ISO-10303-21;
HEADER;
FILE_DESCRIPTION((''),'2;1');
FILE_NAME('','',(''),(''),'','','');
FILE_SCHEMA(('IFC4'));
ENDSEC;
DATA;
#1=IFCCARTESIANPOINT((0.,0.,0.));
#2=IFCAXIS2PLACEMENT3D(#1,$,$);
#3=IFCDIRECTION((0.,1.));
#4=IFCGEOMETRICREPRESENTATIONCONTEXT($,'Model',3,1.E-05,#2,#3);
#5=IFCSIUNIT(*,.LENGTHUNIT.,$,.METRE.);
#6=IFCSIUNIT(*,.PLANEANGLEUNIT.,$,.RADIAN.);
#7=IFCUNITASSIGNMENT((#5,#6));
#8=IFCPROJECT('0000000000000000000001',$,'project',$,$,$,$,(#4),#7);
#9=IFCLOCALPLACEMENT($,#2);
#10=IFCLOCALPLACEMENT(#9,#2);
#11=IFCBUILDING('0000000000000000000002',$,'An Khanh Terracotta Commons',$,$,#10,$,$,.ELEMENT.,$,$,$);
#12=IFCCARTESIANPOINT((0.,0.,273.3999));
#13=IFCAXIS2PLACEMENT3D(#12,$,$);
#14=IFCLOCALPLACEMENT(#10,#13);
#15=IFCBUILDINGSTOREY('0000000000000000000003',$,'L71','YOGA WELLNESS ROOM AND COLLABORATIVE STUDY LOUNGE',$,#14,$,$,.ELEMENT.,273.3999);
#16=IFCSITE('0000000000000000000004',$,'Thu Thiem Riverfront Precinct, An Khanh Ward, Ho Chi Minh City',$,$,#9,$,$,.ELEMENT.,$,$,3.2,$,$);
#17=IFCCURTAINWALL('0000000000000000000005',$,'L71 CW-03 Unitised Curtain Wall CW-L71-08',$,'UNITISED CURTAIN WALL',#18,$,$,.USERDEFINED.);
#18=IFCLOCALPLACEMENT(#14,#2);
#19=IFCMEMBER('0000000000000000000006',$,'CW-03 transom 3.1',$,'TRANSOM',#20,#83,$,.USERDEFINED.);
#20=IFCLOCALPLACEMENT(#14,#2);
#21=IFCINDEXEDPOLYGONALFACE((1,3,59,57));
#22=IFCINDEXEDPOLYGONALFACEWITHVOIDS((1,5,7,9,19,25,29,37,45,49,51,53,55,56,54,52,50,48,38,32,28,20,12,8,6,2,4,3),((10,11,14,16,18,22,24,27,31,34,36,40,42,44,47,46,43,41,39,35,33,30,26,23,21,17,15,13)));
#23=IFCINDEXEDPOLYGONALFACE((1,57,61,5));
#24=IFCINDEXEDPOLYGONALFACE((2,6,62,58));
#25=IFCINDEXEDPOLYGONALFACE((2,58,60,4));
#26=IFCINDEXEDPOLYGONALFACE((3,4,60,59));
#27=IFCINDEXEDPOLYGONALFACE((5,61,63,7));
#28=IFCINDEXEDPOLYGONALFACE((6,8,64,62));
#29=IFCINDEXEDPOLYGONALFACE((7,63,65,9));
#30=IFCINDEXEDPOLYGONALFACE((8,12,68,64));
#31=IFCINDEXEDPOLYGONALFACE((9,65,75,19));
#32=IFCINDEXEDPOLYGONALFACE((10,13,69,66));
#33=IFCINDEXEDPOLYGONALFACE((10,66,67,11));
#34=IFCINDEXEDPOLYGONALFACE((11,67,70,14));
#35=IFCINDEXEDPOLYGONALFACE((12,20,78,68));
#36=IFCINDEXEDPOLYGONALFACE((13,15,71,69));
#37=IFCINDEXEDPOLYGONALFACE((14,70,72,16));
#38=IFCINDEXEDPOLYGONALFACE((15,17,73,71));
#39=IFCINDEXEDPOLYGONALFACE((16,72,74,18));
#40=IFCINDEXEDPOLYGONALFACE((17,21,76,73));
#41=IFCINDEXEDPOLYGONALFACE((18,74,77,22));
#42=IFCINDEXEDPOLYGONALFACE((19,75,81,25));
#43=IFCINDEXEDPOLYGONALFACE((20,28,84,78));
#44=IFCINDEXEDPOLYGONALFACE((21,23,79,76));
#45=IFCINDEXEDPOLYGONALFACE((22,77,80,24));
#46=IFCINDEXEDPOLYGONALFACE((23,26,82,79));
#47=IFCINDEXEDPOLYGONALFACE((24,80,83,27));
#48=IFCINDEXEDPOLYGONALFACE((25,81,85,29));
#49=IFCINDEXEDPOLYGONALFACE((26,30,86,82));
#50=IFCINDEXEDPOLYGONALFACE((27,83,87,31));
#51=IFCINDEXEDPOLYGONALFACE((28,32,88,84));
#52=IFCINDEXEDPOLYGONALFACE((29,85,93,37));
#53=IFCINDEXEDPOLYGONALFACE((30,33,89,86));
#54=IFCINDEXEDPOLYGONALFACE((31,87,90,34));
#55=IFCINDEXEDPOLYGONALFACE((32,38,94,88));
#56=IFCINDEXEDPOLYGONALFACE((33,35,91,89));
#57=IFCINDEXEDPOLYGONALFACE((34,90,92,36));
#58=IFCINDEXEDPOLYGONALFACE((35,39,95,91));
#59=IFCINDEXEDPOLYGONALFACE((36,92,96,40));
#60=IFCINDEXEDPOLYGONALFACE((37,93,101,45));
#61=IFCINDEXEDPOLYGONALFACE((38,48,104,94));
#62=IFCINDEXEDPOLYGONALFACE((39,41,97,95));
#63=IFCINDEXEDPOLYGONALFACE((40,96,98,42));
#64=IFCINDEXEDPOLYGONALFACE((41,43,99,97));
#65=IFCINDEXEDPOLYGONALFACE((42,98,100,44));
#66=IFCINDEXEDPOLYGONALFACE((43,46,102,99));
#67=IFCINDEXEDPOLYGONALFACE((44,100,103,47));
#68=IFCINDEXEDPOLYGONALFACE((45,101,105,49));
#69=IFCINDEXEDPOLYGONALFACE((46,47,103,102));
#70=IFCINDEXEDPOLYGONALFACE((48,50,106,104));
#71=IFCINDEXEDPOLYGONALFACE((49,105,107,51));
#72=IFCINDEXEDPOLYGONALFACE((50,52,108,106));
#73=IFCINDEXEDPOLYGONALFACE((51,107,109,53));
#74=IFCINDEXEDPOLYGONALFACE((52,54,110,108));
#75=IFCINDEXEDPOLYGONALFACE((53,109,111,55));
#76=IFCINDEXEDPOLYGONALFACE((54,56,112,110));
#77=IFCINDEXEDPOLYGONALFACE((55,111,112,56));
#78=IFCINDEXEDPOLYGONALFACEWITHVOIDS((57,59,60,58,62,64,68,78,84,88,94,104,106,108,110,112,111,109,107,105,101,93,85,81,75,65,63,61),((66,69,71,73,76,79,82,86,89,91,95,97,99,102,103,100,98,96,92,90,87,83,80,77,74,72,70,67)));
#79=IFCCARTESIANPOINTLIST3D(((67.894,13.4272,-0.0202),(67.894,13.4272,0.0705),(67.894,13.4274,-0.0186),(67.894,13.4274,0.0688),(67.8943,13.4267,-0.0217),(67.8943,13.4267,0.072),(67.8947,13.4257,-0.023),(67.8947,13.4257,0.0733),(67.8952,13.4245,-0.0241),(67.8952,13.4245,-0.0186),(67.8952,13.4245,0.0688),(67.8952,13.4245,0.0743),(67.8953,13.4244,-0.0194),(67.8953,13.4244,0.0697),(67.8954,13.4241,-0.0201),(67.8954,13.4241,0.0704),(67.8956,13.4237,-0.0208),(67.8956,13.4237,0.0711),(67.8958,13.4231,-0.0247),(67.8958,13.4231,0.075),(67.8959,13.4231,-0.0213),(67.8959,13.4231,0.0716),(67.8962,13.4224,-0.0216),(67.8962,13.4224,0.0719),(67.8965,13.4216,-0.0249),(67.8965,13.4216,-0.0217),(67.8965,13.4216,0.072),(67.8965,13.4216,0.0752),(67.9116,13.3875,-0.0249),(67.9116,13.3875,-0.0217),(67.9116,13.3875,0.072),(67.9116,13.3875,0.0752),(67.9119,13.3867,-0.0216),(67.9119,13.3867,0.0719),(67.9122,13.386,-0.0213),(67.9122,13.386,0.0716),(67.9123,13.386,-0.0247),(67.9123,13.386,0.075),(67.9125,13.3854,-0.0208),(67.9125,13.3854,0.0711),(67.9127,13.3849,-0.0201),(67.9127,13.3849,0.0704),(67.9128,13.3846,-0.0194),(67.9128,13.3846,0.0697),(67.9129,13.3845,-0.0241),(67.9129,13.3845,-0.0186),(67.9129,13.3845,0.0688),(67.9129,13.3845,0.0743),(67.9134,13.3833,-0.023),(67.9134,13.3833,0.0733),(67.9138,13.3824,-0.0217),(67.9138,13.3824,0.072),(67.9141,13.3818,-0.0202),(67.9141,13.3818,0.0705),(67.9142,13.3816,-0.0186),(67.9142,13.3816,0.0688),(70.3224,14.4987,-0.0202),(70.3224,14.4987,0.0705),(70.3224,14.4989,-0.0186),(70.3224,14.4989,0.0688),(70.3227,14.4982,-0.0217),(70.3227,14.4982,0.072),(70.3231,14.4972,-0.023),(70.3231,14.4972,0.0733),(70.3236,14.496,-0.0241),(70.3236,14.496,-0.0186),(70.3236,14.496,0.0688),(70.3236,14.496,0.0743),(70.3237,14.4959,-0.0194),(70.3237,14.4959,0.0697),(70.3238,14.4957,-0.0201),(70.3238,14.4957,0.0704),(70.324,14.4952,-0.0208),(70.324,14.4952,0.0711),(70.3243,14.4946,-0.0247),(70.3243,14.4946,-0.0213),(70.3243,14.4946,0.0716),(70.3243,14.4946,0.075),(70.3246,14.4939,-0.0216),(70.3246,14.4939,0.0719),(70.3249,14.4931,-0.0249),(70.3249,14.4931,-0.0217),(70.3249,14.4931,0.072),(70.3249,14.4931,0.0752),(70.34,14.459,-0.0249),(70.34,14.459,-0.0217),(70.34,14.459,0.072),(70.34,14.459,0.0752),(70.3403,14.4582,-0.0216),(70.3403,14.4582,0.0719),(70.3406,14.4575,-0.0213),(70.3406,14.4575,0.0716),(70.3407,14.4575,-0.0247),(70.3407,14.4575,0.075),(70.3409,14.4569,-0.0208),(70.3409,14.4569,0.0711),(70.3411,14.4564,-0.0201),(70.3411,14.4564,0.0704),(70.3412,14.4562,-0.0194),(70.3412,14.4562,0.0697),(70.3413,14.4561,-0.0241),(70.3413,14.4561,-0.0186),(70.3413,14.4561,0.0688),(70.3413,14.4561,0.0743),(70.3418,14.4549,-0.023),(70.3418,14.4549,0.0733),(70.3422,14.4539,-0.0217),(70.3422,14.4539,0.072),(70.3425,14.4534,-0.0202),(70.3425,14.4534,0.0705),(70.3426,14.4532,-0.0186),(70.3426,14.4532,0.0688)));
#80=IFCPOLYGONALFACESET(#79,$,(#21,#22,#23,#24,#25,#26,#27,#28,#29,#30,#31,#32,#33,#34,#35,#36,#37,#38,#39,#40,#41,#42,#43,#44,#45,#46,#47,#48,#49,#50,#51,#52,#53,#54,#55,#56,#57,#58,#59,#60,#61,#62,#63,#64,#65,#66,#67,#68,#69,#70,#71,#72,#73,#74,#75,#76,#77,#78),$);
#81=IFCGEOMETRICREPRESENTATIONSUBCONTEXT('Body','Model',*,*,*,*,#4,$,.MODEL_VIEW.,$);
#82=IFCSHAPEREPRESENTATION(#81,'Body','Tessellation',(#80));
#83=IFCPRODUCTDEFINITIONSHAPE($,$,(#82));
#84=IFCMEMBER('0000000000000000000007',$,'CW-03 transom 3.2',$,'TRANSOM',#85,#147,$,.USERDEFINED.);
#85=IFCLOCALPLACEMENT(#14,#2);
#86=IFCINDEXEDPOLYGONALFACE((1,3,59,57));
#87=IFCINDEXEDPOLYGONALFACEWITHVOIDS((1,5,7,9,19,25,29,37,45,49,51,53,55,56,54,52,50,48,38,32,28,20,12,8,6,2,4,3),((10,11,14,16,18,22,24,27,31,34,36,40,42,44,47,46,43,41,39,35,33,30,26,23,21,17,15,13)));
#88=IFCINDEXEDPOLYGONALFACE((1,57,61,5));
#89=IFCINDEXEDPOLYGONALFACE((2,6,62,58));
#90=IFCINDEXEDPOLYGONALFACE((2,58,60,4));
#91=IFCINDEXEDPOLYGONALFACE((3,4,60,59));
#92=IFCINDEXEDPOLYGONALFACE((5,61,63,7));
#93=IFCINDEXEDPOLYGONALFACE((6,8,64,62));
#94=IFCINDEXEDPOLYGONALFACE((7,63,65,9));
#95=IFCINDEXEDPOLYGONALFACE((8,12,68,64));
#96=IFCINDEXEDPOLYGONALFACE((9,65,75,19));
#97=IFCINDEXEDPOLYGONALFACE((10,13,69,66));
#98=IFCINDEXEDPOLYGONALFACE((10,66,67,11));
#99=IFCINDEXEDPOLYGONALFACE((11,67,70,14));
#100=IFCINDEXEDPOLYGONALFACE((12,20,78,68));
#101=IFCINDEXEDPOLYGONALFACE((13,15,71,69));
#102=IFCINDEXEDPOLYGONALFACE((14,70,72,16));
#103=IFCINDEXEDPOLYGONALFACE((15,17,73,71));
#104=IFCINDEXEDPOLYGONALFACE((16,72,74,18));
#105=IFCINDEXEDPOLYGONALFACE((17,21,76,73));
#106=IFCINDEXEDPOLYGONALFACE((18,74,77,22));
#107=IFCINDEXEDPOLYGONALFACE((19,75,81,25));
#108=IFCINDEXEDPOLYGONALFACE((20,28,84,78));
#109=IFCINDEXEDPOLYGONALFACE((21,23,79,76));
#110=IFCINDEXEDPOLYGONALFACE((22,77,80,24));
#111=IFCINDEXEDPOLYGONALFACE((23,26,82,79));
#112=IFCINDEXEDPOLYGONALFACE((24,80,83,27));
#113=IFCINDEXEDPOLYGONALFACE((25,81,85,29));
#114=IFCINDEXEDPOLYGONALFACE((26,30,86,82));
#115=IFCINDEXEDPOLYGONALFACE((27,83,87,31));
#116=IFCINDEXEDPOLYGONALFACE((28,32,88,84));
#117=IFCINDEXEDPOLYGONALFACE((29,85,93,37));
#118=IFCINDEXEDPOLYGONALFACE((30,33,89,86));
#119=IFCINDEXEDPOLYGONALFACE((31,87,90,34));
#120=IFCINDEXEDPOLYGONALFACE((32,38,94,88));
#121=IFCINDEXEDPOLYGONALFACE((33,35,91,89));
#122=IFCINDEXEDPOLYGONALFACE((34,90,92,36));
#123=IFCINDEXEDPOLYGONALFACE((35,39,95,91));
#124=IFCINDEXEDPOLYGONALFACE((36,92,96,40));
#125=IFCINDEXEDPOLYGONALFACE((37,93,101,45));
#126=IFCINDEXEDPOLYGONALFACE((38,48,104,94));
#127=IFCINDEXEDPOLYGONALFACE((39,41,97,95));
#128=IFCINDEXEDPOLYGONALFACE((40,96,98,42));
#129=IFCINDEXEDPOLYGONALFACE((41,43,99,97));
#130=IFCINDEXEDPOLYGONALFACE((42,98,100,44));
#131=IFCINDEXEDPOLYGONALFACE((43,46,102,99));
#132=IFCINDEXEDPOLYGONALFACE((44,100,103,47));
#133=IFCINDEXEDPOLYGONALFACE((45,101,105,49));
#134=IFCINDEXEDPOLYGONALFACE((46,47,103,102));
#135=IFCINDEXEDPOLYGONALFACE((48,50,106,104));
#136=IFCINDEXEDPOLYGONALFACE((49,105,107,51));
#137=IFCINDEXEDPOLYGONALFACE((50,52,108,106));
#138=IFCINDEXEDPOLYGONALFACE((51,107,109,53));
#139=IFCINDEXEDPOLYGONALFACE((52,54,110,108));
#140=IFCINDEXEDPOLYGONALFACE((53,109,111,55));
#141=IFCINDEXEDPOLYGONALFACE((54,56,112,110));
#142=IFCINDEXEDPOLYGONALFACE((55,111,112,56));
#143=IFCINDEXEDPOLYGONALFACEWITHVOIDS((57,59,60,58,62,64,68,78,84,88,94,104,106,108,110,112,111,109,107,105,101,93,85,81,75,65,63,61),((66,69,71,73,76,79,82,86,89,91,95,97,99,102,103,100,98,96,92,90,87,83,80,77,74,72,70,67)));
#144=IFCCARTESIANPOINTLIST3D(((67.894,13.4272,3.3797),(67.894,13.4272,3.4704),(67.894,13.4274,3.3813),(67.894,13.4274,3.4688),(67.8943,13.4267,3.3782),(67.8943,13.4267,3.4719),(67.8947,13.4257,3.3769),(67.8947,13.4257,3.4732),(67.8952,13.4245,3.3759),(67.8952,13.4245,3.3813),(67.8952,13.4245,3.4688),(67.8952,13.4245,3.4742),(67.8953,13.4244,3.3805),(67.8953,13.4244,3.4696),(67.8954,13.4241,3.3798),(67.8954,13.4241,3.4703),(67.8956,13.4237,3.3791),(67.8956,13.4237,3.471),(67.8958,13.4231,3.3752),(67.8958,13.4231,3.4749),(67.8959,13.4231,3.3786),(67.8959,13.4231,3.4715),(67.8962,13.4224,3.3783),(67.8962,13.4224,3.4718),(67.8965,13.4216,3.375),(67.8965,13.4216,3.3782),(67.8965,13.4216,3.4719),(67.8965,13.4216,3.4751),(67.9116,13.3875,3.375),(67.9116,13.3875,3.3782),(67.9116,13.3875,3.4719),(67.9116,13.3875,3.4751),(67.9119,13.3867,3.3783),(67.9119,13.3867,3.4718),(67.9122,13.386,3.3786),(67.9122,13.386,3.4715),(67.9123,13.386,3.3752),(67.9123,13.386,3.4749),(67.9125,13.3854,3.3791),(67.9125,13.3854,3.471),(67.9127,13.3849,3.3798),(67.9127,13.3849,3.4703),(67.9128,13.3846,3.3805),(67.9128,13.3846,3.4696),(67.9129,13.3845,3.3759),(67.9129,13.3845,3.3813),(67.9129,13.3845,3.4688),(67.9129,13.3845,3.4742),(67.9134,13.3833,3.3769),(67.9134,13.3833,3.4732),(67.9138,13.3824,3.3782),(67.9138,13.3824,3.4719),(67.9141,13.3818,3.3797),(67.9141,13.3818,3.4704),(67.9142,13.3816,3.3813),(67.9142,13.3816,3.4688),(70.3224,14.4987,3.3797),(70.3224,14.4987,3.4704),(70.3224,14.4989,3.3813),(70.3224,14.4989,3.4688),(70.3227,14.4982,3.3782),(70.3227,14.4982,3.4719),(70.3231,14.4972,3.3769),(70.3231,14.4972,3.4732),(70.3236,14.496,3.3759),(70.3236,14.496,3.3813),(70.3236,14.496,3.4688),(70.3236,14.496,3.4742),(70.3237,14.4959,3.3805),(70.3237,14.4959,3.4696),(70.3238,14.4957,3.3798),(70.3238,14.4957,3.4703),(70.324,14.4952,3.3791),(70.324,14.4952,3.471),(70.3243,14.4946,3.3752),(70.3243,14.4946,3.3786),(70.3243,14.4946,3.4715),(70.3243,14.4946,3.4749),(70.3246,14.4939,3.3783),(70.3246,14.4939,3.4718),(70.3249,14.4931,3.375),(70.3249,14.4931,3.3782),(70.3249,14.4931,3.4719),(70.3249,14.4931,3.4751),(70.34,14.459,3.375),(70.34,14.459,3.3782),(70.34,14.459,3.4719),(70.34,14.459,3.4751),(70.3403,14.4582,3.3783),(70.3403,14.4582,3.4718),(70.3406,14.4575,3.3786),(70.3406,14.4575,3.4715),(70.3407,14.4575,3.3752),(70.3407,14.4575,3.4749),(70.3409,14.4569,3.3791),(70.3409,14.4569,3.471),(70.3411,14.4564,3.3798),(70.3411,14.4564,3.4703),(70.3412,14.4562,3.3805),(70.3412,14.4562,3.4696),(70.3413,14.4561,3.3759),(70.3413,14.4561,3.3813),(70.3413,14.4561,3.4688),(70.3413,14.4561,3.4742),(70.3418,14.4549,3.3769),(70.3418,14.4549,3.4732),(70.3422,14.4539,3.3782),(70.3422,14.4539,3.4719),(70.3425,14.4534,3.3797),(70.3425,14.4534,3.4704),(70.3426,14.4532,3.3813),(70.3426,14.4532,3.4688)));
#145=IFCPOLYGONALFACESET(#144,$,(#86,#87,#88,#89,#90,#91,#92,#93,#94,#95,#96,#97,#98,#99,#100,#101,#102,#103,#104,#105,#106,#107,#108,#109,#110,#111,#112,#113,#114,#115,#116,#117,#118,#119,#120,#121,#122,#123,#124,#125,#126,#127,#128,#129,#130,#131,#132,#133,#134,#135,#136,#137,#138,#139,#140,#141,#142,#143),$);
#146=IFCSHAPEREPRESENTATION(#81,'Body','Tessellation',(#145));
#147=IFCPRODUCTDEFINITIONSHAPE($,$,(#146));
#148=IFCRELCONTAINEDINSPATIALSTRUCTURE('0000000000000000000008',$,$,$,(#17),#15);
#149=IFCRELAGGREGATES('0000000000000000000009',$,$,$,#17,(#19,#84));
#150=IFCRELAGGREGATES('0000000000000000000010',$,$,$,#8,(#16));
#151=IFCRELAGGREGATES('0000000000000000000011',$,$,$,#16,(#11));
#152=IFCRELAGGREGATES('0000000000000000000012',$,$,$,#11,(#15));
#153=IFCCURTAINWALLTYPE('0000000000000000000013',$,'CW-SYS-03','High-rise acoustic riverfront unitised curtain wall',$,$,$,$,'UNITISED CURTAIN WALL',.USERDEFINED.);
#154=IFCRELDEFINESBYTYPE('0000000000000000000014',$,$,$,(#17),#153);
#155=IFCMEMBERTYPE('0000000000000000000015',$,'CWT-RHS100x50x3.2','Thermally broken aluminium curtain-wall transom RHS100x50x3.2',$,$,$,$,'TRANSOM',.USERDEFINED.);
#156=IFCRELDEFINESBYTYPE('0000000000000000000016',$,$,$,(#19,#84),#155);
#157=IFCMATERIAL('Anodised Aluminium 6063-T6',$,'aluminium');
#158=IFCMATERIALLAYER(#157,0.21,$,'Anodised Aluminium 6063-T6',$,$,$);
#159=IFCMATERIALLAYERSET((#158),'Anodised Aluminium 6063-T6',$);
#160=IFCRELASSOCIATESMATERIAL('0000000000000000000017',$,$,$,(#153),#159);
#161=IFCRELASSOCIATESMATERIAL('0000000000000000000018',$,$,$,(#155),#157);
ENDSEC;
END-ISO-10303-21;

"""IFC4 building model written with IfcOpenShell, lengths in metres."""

from ifc_helpers import new_model, si_unit, direction, frame, origin, origin_2d, place, context, subcontext, project, spatial, hollow_rectangle, extrude, material, layer, layer_set, material_profile, profile_set, type_object, element, aggregate, save


model = new_model("IFC4")

# Units and contexts
model_context = context("Model", 3, precision=1e-05, world=origin(), true_north=direction((0.0, 1.0)))
body_context = subcontext(model_context, "Body", "Model", "MODEL_VIEW")
ifc_project = project(units=[si_unit("LENGTHUNIT", "METRE"), si_unit("PLANEANGLEUNIT", "RADIAN")], contexts=[model_context])

# Site, building, storey
site_placement = place(None, origin())
site = spatial("IfcSite", under=ifc_project, at=site_placement, Name="Thu Thiem Riverfront Precinct, An Khanh Ward, Ho Chi Minh City", CompositionType="ELEMENT", RefElevation=3.2)
building_placement = place(site_placement, origin())
building = spatial("IfcBuilding", under=site, at=building_placement, Name="An Khanh Terracotta Commons", CompositionType="ELEMENT")
storey_placement = place(building_placement, frame((0.0, 0.0, 273.3999)))
storey = spatial("IfcBuildingStorey", under=building, at=storey_placement, Name="L71", Description="YOGA WELLNESS ROOM AND COLLABORATIVE STUDY LOUNGE", CompositionType="ELEMENT", Elevation=273.3999)

# Curtain wall
ifc_material_1 = material(Name="Anodised Aluminium 6063-T6", Category="aluminium")
ifc_layer_1 = layer(ifc_material_1, 0.21, Name="Anodised Aluminium 6063-T6")
ifc_layer_set_1 = layer_set([ifc_layer_1], Name="Anodised Aluminium 6063-T6")
curtain_wall_type = type_object("IfcCurtainWallType", Name="CW-SYS-03", Description="High-rise acoustic riverfront unitised curtain wall", ElementType="UNITISED CURTAIN WALL", PredefinedType="USERDEFINED", material=ifc_layer_set_1)
curtain_wall_1_placement = place(storey_placement, origin())
curtain_wall_1 = element("IfcCurtainWall", 1, at=curtain_wall_1_placement, inside=storey, type_object=curtain_wall_type, Name="L71 CW-03 Unitised Curtain Wall CW-L71-08", ObjectType="UNITISED CURTAIN WALL", PredefinedType="USERDEFINED")

# Members
ifc_material_profile_1 = material_profile(ifc_material_1, hollow_rectangle(XDim=0.05, YDim=0.1001, WallThickness=0.0032, InnerFilletRadius=0.0032, OuterFilletRadius=0.0063, at=origin_2d()), Name="RHS100x50x3.2")
ifc_profile_set_1 = profile_set([ifc_material_profile_1], Name="Anodised Aluminium 6063-T6")
member_type_1 = type_object("IfcMemberType", Name="CWT-RHS100x50x3.2", Description="Thermally broken aluminium curtain-wall transom RHS100x50x3.2", ElementType="TRANSOM", PredefinedType="USERDEFINED", material=ifc_profile_set_1)
member_1_placement = place(storey_placement, frame((67.9041, 13.4045, 0.0251), z_axis=(0.914897, 0.403688, 0.0), x_axis=(-0.403688, 0.914897, 0.0)))
member_1 = element("IfcMember", 2, at=member_1_placement, type_object=member_type_1, Name="CW-03 transom 3.1", ObjectType="TRANSOM", PredefinedType="USERDEFINED", context=body_context, shape_type="SweptSolid", body=[
    extrude(hollow_rectangle(XDim=0.05, YDim=0.1001, WallThickness=0.0032, InnerFilletRadius=0.0032, OuterFilletRadius=0.0063, at=origin_2d()), origin(), (0.0, 0.0, 1.0), 2.6543),
])
member_2_placement = place(storey_placement, frame((67.9041, 13.4045, 3.425), z_axis=(0.914897, 0.403688, 0.0), x_axis=(-0.403688, 0.914897, 0.0)))
member_2 = element("IfcMember", 3, at=member_2_placement, type_object=member_type_1, Name="CW-03 transom 3.2", ObjectType="TRANSOM", PredefinedType="USERDEFINED", context=body_context, shape_type="SweptSolid", body=[
    extrude(hollow_rectangle(XDim=0.05, YDim=0.1001, WallThickness=0.0032, InnerFilletRadius=0.0032, OuterFilletRadius=0.0063, at=origin_2d()), origin(), (0.0, 0.0, 1.0), 2.6543),
])

aggregate(curtain_wall_1, [member_1, member_2])

save(model, "model.ifc")
